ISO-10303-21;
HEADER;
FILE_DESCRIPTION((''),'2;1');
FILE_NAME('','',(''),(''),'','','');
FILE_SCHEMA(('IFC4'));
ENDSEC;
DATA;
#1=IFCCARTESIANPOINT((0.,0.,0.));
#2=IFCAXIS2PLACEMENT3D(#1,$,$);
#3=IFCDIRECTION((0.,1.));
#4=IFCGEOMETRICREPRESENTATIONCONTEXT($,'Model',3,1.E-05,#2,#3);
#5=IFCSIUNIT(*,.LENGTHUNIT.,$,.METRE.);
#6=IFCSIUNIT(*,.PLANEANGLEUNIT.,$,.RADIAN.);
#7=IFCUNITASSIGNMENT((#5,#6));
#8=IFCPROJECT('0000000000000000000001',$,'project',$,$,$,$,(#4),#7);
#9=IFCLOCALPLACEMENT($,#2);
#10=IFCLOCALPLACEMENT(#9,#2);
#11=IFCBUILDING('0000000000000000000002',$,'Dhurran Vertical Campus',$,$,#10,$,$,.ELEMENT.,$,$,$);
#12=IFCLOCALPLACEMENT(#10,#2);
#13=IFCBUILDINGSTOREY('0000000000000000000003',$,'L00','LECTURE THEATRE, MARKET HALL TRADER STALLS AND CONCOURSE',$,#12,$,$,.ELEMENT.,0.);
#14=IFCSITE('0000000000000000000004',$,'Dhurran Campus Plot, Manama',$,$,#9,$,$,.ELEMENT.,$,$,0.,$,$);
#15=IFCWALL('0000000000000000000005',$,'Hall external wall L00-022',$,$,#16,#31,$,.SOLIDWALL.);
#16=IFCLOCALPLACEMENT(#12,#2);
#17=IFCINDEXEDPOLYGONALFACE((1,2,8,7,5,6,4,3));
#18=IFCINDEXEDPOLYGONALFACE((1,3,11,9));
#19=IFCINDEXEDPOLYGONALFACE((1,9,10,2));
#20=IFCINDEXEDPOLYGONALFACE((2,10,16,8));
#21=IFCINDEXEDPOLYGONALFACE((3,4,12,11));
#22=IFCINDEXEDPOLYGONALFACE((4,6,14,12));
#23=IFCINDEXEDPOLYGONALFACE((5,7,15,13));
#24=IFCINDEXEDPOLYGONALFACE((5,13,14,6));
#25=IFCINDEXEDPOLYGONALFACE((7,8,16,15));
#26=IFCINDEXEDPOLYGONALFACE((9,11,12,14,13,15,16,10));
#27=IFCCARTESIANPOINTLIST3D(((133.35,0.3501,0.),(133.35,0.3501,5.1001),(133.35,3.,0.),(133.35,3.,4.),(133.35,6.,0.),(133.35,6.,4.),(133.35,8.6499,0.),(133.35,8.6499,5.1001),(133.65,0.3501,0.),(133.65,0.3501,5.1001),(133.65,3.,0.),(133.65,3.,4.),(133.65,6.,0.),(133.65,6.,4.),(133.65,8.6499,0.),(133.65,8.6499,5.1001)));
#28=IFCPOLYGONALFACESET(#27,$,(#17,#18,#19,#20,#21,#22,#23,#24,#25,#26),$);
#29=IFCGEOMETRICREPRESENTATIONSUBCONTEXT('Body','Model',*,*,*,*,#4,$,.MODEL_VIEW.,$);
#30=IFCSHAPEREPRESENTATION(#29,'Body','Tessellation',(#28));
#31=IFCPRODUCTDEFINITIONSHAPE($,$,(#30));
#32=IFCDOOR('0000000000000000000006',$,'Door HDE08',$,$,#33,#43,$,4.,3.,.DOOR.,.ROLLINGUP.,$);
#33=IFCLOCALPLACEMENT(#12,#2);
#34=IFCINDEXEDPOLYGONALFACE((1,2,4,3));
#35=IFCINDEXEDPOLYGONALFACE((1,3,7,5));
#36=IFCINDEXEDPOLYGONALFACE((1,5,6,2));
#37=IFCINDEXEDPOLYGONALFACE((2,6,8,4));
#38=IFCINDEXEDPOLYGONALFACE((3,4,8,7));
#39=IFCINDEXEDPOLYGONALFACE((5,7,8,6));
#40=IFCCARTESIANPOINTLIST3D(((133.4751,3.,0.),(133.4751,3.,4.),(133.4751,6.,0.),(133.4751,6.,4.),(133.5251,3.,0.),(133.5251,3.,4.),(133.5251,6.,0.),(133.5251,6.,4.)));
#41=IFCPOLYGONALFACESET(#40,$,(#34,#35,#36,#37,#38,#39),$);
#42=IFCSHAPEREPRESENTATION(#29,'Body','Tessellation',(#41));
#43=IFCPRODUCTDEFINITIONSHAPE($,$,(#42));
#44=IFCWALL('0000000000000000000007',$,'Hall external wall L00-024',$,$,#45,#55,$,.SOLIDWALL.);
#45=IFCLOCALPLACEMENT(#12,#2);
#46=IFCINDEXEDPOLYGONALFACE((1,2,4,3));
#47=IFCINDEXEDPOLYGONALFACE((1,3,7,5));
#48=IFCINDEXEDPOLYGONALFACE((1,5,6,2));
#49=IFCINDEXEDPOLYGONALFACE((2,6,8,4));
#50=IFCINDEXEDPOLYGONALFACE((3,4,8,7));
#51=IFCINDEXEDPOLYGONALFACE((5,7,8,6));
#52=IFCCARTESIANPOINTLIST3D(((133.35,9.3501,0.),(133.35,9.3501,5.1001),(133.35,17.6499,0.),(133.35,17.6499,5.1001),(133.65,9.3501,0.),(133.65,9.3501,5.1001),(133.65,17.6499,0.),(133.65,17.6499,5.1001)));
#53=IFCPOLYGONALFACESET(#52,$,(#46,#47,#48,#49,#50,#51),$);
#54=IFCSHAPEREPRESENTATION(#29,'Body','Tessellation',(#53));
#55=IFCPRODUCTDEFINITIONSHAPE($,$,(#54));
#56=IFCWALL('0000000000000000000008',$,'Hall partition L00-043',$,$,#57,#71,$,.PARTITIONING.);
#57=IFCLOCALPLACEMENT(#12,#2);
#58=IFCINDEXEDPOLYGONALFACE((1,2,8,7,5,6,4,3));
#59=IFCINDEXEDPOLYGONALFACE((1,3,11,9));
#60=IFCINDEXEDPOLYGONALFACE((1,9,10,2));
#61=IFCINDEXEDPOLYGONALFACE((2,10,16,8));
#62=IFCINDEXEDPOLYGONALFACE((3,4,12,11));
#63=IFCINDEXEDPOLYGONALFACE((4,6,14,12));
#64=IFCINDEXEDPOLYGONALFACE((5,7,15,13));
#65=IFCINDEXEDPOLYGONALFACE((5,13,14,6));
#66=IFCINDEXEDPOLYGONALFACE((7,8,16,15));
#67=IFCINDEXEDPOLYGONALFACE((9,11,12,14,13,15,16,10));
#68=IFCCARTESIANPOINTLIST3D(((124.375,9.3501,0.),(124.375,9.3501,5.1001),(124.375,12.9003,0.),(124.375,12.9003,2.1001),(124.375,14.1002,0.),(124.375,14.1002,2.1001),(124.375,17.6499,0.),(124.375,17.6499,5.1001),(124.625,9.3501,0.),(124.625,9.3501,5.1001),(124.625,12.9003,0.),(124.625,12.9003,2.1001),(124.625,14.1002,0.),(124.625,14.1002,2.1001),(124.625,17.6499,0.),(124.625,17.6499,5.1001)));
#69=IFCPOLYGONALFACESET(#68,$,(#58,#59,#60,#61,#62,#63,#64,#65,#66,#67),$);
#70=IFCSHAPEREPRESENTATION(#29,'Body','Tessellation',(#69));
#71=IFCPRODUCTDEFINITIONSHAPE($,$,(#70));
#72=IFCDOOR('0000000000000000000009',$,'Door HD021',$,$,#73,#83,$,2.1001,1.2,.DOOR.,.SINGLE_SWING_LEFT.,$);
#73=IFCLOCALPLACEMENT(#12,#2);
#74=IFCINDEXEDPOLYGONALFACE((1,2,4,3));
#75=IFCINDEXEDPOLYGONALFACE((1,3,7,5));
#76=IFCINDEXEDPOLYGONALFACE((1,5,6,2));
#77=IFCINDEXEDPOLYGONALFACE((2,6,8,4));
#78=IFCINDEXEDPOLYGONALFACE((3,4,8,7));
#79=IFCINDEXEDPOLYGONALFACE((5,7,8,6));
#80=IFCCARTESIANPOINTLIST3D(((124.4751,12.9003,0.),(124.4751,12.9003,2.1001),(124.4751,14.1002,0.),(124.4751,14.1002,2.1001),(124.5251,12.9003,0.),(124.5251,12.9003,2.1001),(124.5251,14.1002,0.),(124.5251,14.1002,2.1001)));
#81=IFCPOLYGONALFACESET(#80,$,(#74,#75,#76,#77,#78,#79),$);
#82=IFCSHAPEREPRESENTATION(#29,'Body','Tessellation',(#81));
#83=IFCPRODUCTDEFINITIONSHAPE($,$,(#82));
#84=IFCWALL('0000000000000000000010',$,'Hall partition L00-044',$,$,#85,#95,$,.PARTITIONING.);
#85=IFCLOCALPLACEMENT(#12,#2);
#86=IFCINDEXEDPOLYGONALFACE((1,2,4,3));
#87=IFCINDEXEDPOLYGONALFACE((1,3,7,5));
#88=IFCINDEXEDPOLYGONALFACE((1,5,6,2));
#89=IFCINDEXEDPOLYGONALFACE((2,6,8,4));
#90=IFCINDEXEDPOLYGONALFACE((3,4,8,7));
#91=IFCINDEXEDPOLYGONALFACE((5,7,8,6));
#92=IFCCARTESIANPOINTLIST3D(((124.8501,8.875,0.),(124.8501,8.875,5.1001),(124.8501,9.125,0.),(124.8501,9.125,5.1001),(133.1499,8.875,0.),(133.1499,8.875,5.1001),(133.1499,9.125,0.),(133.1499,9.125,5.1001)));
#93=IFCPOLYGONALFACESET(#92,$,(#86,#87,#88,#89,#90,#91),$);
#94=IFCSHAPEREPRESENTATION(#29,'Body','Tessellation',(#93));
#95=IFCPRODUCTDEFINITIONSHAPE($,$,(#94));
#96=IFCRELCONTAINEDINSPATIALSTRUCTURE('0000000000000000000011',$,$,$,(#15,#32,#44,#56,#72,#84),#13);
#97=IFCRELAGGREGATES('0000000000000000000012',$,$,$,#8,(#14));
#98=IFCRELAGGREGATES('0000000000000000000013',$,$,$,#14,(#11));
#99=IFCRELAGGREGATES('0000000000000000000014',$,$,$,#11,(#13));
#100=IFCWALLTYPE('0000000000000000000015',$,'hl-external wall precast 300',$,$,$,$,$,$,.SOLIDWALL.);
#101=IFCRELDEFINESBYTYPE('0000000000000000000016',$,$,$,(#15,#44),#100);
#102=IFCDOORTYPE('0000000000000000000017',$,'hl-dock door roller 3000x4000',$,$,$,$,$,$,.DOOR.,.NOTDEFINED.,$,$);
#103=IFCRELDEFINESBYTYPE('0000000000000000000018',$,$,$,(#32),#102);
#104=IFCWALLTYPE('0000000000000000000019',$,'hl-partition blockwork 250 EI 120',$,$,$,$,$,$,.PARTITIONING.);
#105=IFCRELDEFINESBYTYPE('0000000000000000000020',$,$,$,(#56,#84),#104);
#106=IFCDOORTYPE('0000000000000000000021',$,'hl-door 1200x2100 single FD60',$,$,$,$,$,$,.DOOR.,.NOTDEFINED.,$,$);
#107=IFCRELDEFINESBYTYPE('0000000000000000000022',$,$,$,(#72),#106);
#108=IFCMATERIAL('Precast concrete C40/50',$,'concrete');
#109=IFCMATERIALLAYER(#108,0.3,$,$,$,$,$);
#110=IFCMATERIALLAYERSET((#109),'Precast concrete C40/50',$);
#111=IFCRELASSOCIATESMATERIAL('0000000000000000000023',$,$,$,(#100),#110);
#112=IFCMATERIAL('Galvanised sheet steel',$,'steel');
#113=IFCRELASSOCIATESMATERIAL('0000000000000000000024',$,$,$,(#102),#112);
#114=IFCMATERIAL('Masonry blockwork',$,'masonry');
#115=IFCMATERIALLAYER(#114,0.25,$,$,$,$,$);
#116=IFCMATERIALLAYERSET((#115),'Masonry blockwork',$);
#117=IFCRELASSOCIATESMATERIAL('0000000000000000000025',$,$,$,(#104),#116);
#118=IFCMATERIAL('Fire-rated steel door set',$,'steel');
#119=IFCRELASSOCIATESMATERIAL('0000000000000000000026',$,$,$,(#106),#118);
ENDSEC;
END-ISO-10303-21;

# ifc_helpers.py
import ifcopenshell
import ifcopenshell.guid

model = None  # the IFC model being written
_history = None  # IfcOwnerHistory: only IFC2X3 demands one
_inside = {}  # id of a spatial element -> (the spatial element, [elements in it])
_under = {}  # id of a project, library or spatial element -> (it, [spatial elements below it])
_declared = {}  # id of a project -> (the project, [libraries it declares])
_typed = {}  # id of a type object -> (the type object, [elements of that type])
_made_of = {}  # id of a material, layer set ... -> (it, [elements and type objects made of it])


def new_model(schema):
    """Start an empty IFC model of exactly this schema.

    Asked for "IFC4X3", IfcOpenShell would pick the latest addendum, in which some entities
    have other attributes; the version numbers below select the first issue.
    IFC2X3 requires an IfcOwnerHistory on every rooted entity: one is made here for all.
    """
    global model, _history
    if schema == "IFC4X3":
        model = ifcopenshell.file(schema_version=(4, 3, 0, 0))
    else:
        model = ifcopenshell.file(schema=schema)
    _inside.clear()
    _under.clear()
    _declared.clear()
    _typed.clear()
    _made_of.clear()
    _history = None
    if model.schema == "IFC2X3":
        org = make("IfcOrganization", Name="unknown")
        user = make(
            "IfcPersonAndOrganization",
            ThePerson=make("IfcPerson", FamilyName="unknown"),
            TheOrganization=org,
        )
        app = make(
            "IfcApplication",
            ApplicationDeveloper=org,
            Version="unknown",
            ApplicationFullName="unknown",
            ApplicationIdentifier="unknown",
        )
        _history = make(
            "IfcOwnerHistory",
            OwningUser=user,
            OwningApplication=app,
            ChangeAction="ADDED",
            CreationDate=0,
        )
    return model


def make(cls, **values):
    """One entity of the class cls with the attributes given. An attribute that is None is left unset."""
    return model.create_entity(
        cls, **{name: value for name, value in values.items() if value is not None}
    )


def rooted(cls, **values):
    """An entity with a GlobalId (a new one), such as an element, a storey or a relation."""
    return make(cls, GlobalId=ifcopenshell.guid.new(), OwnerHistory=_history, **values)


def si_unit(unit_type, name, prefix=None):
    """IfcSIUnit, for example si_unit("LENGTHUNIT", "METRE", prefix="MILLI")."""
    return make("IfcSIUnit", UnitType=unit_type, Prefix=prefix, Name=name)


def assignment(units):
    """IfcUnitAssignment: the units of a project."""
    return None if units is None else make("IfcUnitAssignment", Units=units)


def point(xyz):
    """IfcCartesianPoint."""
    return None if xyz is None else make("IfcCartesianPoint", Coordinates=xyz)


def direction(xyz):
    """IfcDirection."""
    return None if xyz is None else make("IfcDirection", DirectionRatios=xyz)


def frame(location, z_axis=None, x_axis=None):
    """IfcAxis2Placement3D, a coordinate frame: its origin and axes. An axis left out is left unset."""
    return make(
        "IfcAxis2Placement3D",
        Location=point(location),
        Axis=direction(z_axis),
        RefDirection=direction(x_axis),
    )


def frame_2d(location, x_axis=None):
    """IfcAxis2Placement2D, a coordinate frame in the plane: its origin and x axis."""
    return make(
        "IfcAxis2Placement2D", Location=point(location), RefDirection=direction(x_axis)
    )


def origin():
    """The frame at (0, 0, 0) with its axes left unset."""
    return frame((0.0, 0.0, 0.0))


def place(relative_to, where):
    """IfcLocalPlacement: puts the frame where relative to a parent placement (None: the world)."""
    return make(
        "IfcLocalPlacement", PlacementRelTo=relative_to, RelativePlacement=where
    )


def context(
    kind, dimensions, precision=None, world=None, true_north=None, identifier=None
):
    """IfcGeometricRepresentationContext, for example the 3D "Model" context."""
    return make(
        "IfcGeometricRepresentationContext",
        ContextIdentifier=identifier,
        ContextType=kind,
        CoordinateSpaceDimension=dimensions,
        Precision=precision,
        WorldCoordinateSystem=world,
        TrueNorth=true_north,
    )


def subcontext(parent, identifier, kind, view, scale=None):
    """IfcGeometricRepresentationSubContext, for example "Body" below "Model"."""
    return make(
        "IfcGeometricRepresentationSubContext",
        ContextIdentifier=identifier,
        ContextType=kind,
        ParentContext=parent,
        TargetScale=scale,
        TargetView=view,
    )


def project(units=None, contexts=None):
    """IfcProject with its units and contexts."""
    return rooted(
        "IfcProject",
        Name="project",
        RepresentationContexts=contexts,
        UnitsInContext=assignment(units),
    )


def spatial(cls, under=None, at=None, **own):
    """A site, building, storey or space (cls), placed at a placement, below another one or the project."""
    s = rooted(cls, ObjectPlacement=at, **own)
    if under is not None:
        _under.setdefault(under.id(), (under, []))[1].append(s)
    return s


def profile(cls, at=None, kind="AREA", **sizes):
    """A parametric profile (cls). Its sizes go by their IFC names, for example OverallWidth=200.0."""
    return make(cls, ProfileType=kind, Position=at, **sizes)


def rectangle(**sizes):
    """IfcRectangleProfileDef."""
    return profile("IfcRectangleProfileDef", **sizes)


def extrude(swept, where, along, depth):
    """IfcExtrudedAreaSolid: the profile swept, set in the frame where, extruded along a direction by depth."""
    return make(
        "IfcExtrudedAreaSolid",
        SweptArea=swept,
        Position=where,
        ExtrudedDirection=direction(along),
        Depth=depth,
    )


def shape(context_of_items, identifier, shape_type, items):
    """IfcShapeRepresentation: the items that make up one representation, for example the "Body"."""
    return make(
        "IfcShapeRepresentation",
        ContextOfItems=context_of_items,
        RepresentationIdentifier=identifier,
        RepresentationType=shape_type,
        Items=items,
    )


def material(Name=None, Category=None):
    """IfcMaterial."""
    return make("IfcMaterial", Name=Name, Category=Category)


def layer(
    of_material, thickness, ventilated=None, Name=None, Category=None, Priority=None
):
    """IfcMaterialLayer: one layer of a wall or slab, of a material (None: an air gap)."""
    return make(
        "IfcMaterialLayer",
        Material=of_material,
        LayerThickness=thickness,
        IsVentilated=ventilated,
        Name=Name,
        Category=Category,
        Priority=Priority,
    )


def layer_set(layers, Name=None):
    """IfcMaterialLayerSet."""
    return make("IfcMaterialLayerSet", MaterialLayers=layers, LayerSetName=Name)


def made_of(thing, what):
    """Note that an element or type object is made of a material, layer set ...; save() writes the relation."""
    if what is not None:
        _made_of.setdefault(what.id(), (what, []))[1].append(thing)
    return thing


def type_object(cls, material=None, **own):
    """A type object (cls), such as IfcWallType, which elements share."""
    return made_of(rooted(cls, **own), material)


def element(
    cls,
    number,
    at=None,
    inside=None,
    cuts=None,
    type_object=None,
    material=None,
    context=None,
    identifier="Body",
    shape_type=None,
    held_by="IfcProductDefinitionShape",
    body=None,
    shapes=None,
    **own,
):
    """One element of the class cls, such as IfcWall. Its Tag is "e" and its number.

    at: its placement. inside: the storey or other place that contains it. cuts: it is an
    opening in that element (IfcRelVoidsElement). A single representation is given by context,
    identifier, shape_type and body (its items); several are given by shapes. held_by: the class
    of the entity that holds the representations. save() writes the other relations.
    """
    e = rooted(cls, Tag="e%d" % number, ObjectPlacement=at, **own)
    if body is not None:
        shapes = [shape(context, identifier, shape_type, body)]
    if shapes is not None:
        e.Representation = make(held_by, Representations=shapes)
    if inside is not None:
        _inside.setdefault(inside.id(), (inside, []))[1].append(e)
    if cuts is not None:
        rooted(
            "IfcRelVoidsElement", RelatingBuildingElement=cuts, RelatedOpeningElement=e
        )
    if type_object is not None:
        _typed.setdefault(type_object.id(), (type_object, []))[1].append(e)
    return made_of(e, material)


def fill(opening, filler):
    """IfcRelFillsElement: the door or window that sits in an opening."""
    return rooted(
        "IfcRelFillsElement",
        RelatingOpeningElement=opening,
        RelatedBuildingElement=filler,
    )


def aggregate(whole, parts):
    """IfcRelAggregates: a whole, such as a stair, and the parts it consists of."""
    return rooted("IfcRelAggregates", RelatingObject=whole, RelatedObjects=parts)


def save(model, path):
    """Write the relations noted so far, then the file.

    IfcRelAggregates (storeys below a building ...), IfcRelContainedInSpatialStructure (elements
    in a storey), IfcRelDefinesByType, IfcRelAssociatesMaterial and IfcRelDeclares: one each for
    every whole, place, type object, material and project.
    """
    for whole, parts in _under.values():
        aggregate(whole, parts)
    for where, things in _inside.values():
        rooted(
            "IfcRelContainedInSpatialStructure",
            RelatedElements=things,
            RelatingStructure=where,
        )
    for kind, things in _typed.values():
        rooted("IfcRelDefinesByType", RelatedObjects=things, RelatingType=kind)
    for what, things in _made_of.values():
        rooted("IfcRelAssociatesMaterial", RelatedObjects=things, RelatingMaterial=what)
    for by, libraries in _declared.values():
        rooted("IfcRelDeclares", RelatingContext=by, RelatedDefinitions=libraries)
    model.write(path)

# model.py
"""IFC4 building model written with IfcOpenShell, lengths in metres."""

from ifc_helpers import new_model, si_unit, direction, frame, frame_2d, origin, place, context, subcontext, project, spatial, rectangle, extrude, material, layer, layer_set, type_object, element, fill, save


model = new_model("IFC4")

# Units and contexts
model_context = context("Model", 3, precision=1e-05, world=origin(), true_north=direction((0.0, 1.0)))
body_context = subcontext(model_context, "Body", "Model", "MODEL_VIEW")
ifc_project = project(units=[si_unit("LENGTHUNIT", "METRE"), si_unit("PLANEANGLEUNIT", "RADIAN")], contexts=[model_context])

# Site, building, storey
site_placement = place(None, origin())
site = spatial("IfcSite", under=ifc_project, at=site_placement, Name="Dhurran Campus Plot, Manama", CompositionType="ELEMENT", RefElevation=0.0)
building_placement = place(site_placement, origin())
building = spatial("IfcBuilding", under=site, at=building_placement, Name="Dhurran Vertical Campus", CompositionType="ELEMENT")
storey_placement = place(building_placement, origin())
storey = spatial("IfcBuildingStorey", under=building, at=storey_placement, Name="L00", Description="LECTURE THEATRE, MARKET HALL TRADER STALLS AND CONCOURSE", CompositionType="ELEMENT", Elevation=0.0)

# Wall, opening, door
ifc_material_1 = material(Name="Precast concrete C40/50", Category="concrete")
ifc_layer_1 = layer(ifc_material_1, 0.3)
ifc_layer_set_1 = layer_set([ifc_layer_1], Name="Precast concrete C40/50")
wall_type_1 = type_object("IfcWallType", Name="hl-external wall precast 300", PredefinedType="SOLIDWALL", material=ifc_layer_set_1)
wall_1_placement = place(storey_placement, frame((133.5, 0.3501, 0.0), z_axis=(0.0, 0.0, 1.0), x_axis=(0.0, 1.0, 0.0)))
wall_1 = element("IfcWall", 1, at=wall_1_placement, inside=storey, type_object=wall_type_1, Name="Hall external wall L00-022", PredefinedType="SOLIDWALL", context=body_context, shape_type="SweptSolid", body=[
    extrude(rectangle(XDim=8.2998, YDim=0.3, at=frame_2d((4.1499, 0.0))), origin(), (0.0, 0.0, 1.0), 5.1001),
])
opening_1_placement = place(wall_1_placement, frame((2.6499, 0.0, 0.0)))
opening_1 = element("IfcOpeningElement", 2, at=opening_1_placement, cuts=wall_1, PredefinedType="OPENING", context=body_context, shape_type="SweptSolid", body=[
    extrude(rectangle(XDim=3.0, YDim=4.0, at=frame_2d((1.5, 2.0))), frame((0.0, 0.1599, 0.0), z_axis=(0.0, -1.0, 0.0), x_axis=(1.0, 0.0, 0.0)), (0.0, 0.0, 1.0), 0.3201),
])
ifc_material_2 = material(Name="Galvanised sheet steel", Category="steel")
door_type_1 = type_object("IfcDoorType", Name="hl-dock door roller 3000x4000", OperationType="NOTDEFINED", PredefinedType="DOOR", material=ifc_material_2)
door_1_placement = place(opening_1_placement, origin())
door_1 = element("IfcDoor", 3, at=door_1_placement, inside=storey, type_object=door_type_1, Name="Door HDE08", OperationType="ROLLINGUP", OverallHeight=4.0, OverallWidth=3.0, PredefinedType="DOOR", context=body_context, shape_type="SweptSolid", body=[
    extrude(rectangle(XDim=3.0, YDim=4.0, at=frame_2d((1.5, 2.0))), frame((0.0, 0.0249, 0.0), z_axis=(0.0, -1.0, 0.0), x_axis=(1.0, 0.0, 0.0)), (0.0, 0.0, 1.0), 0.05),
])
fill(opening_1, door_1)

# Wall
wall_2_placement = place(storey_placement, frame((133.5, 9.3501, 0.0), z_axis=(0.0, 0.0, 1.0), x_axis=(0.0, 1.0, 0.0)))
element("IfcWall", 4, at=wall_2_placement, inside=storey, type_object=wall_type_1, Name="Hall external wall L00-024", PredefinedType="SOLIDWALL", context=body_context, shape_type="SweptSolid", body=[
    extrude(rectangle(XDim=8.2998, YDim=0.3, at=frame_2d((4.1499, 0.0))), origin(), (0.0, 0.0, 1.0), 5.1001),
])

# Wall, opening, door
ifc_material_3 = material(Name="Masonry blockwork", Category="masonry")
ifc_layer_2 = layer(ifc_material_3, 0.25)
ifc_layer_set_2 = layer_set([ifc_layer_2], Name="Masonry blockwork")
wall_type_2 = type_object("IfcWallType", Name="hl-partition blockwork 250 EI 120", PredefinedType="PARTITIONING", material=ifc_layer_set_2)
wall_3_placement = place(storey_placement, frame((124.5, 9.3501, 0.0), z_axis=(0.0, 0.0, 1.0), x_axis=(0.0, 1.0, 0.0)))
wall_3 = element("IfcWall", 5, at=wall_3_placement, inside=storey, type_object=wall_type_2, Name="Hall partition L00-043", PredefinedType="PARTITIONING", context=body_context, shape_type="SweptSolid", body=[
    extrude(rectangle(XDim=8.2998, YDim=0.25, at=frame_2d((4.1499, 0.0))), origin(), (0.0, 0.0, 1.0), 5.1001),
])
opening_2_placement = place(wall_3_placement, frame((3.55, 0.0, 0.0)))
opening_2 = element("IfcOpeningElement", 6, at=opening_2_placement, cuts=wall_3, PredefinedType="OPENING", context=body_context, shape_type="SweptSolid", body=[
    extrude(rectangle(XDim=1.2, YDim=2.1001, at=frame_2d((0.6001, 1.05))), frame((0.0, 0.135, 0.0), z_axis=(0.0, -1.0, 0.0), x_axis=(1.0, 0.0, 0.0)), (0.0, 0.0, 1.0), 0.27),
])
ifc_material_4 = material(Name="Fire-rated steel door set", Category="steel")
door_type_2 = type_object("IfcDoorType", Name="hl-door 1200x2100 single FD60", OperationType="NOTDEFINED", PredefinedType="DOOR", material=ifc_material_4)
door_2_placement = place(opening_2_placement, origin())
door_2 = element("IfcDoor", 7, at=door_2_placement, inside=storey, type_object=door_type_2, Name="Door HD021", OperationType="SINGLE_SWING_LEFT", OverallHeight=2.1001, OverallWidth=1.2, PredefinedType="DOOR", context=body_context, shape_type="SweptSolid", body=[
    extrude(rectangle(XDim=1.2, YDim=2.1001, at=frame_2d((0.6001, 1.05))), frame((0.0, 0.0249, 0.0), z_axis=(0.0, -1.0, 0.0), x_axis=(1.0, 0.0, 0.0)), (0.0, 0.0, 1.0), 0.05),
])
fill(opening_2, door_2)

# Wall
wall_4_placement = place(storey_placement, frame((124.8501, 9.0, 0.0), z_axis=(0.0, 0.0, 1.0), x_axis=(1.0, 0.0, 0.0)))
element("IfcWall", 8, at=wall_4_placement, inside=storey, type_object=wall_type_2, Name="Hall partition L00-044", PredefinedType="PARTITIONING", context=body_context, shape_type="SweptSolid", body=[
    extrude(rectangle(XDim=8.2998, YDim=0.25, at=frame_2d((4.1499, 0.0))), origin(), (0.0, 0.0, 1.0), 5.1001),
])

save(model, "model.ifc")
